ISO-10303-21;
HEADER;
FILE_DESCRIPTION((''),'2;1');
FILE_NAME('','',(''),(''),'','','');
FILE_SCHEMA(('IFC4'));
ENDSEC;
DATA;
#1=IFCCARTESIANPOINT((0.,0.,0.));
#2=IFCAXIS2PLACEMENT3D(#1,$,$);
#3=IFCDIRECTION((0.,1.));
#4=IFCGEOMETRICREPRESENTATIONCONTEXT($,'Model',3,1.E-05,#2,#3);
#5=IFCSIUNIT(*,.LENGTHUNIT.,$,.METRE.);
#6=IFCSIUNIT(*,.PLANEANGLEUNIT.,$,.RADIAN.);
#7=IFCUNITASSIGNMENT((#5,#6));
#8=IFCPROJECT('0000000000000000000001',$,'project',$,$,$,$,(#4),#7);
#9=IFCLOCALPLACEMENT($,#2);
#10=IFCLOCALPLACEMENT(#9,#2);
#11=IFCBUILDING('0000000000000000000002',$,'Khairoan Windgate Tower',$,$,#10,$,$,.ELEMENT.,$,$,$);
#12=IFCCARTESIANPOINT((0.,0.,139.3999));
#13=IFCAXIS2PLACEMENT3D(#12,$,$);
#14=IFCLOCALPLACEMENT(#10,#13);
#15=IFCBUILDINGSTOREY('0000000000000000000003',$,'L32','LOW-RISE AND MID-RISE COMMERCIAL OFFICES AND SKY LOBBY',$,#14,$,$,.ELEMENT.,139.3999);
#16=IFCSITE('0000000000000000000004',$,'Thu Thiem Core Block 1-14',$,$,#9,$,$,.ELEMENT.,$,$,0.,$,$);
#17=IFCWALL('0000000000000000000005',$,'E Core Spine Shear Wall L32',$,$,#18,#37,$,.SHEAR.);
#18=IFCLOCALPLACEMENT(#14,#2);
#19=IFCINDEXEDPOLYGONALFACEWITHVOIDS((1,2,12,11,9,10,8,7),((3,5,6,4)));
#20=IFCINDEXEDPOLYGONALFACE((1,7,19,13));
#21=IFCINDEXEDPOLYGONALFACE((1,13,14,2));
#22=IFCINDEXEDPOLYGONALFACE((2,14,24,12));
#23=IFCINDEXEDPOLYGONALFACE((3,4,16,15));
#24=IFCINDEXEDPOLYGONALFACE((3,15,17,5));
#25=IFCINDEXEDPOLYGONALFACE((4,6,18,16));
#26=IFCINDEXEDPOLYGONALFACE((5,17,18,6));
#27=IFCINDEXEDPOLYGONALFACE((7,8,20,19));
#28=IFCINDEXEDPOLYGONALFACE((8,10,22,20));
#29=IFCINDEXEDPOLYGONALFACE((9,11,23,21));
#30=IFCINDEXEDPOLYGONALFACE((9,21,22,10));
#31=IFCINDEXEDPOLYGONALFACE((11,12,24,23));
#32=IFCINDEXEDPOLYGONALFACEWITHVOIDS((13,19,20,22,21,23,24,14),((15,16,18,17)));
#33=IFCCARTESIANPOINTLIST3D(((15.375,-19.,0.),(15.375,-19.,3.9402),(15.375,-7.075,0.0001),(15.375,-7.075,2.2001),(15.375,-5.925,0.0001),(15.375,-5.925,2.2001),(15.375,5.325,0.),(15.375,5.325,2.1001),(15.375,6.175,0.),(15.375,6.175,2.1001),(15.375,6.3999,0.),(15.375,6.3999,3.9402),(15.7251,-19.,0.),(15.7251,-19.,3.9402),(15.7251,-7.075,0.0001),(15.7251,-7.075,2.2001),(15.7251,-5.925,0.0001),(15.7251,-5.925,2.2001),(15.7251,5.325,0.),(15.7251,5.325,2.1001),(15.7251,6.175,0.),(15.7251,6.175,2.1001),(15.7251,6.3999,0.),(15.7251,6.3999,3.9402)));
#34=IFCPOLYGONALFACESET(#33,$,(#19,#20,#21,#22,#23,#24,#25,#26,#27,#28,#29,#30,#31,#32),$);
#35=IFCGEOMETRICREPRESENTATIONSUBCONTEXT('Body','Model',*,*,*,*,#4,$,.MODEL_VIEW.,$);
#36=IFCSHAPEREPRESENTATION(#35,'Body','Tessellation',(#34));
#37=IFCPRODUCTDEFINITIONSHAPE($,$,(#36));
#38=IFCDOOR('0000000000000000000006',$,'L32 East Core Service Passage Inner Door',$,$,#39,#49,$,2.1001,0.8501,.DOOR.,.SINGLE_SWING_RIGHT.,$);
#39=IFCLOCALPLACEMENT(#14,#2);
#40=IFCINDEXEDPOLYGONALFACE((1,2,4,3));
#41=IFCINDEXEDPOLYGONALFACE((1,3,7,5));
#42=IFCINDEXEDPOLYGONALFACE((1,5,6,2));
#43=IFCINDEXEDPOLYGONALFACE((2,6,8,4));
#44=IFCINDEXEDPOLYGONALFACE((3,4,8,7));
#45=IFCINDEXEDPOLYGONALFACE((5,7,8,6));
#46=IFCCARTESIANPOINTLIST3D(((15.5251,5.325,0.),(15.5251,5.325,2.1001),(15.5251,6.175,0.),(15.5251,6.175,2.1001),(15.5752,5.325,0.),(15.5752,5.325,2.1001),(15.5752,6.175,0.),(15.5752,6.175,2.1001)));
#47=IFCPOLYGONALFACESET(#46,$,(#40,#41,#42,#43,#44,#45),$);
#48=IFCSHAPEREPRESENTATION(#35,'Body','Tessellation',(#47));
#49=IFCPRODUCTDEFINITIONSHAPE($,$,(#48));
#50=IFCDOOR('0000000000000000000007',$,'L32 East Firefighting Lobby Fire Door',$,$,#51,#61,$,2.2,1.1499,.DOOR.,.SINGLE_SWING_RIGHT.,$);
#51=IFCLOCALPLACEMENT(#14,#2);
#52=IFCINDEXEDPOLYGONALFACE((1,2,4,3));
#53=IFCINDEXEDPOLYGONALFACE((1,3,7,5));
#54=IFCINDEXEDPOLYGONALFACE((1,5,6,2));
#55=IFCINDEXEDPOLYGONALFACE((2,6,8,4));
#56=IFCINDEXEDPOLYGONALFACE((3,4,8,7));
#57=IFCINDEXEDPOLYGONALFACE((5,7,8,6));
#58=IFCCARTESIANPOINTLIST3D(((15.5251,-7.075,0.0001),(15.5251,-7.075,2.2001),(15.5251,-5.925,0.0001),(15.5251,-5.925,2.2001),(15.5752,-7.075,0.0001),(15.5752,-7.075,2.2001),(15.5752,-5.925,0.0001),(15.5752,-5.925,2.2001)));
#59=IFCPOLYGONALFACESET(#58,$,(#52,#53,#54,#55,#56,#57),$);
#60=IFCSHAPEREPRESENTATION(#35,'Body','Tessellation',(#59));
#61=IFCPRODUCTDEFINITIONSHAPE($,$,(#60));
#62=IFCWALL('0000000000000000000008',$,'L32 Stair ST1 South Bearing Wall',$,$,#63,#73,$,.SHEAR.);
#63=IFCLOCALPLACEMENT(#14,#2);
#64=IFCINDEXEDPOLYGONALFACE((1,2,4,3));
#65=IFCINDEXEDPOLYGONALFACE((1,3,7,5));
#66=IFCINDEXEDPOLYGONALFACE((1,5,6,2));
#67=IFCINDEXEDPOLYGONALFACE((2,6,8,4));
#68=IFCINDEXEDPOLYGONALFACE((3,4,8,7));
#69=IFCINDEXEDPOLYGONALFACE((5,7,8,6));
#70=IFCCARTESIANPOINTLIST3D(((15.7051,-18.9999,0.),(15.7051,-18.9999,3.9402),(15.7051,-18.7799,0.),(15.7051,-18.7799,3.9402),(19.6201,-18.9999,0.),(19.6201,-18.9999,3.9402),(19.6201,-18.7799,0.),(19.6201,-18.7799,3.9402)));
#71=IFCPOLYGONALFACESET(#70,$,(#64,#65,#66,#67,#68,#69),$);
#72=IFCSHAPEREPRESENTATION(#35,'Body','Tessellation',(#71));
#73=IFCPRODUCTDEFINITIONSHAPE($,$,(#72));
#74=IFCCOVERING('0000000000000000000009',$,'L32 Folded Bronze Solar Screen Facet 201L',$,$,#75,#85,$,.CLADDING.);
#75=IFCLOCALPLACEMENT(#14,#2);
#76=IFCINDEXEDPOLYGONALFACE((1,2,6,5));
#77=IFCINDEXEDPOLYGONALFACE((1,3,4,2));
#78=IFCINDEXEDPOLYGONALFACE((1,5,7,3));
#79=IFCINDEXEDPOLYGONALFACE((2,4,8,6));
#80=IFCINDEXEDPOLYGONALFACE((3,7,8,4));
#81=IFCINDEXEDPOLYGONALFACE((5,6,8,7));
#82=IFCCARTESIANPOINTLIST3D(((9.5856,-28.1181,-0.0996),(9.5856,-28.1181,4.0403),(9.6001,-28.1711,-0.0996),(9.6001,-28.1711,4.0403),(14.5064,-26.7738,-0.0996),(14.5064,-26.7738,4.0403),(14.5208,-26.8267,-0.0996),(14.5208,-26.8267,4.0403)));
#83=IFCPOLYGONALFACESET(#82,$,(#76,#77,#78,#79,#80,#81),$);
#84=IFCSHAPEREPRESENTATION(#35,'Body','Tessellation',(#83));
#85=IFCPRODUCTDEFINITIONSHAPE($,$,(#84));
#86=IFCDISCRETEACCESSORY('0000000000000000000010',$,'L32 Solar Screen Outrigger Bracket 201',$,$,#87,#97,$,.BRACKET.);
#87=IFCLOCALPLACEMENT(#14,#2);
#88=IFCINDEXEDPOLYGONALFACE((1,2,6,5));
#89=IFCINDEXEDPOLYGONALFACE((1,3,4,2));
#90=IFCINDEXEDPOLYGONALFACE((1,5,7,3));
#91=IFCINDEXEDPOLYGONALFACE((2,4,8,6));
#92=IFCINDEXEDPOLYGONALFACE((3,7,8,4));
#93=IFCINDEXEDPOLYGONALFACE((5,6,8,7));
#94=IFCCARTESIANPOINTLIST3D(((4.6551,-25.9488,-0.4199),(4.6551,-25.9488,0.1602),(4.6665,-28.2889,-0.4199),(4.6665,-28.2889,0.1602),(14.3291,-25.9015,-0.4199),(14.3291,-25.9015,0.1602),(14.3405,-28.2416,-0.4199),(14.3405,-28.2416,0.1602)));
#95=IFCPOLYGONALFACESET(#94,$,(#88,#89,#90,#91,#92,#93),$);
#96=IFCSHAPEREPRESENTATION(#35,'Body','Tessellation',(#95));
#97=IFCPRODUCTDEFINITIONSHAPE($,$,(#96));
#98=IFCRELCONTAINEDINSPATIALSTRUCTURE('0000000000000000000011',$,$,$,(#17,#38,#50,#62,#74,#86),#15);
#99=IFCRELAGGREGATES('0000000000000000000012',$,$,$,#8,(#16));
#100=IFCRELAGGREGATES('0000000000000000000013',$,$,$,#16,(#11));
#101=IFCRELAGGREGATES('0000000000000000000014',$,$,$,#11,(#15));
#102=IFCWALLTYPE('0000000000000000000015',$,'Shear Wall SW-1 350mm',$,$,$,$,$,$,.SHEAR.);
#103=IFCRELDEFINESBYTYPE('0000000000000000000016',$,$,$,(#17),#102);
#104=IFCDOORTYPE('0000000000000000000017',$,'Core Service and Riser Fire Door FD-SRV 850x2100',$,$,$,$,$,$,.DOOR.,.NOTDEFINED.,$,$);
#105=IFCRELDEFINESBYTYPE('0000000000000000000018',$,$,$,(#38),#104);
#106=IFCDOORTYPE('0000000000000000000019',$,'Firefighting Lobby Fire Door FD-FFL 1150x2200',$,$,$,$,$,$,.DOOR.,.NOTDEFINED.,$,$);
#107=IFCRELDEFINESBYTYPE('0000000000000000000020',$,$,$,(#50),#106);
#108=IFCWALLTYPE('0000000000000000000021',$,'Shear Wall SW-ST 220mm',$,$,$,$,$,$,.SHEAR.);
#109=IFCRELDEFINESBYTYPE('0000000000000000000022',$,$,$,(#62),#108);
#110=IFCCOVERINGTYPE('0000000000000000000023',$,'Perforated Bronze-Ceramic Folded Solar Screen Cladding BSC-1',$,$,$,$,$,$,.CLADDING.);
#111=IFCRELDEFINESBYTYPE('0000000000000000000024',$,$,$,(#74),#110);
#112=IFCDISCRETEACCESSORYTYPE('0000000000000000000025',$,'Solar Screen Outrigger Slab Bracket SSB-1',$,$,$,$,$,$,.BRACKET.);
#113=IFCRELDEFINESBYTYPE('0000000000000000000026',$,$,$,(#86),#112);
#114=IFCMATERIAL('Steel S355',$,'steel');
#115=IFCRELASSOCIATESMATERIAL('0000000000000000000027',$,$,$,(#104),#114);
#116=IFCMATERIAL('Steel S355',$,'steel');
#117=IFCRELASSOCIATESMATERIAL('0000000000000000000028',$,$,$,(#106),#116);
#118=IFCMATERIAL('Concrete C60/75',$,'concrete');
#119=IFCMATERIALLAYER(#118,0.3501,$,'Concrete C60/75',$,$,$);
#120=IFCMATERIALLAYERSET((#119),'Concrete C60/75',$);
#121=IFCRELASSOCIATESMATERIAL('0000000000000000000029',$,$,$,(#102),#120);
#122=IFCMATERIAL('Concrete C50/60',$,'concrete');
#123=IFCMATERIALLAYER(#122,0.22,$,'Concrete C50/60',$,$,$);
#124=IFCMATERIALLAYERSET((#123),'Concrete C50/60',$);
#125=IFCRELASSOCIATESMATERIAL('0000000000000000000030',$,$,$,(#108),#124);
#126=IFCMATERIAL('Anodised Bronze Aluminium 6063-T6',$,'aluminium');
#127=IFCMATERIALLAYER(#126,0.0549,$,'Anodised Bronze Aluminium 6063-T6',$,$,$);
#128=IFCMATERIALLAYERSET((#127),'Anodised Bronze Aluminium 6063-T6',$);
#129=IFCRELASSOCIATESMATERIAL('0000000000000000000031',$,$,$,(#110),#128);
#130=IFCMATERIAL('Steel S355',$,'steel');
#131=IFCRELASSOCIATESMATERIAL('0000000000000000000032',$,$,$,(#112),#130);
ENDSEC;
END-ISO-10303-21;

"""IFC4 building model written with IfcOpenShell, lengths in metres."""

from ifc_helpers import new_model, si_unit, direction, frame, frame_2d, origin, origin_2d, place, context, subcontext, project, spatial, rectangle, extrude, material, layer, layer_set, type_object, element, fill, save


model = new_model("IFC4")

# Units and contexts
model_context = context("Model", 3, precision=1e-05, world=origin(), true_north=direction((0.0, 1.0)))
body_context = subcontext(model_context, "Body", "Model", "MODEL_VIEW")
ifc_project = project(units=[si_unit("LENGTHUNIT", "METRE"), si_unit("PLANEANGLEUNIT", "RADIAN")], contexts=[model_context])

# Site, building, storey
site_placement = place(None, origin())
site = spatial("IfcSite", under=ifc_project, at=site_placement, Name="Thu Thiem Core Block 1-14", CompositionType="ELEMENT", RefElevation=0.0)
building_placement = place(site_placement, origin())
building = spatial("IfcBuilding", under=site, at=building_placement, Name="Khairoan Windgate Tower", CompositionType="ELEMENT")
storey_placement = place(building_placement, frame((0.0, 0.0, 139.3999)))
storey = spatial("IfcBuildingStorey", under=building, at=storey_placement, Name="L32", Description="LOW-RISE AND MID-RISE COMMERCIAL OFFICES AND SKY LOBBY", CompositionType="ELEMENT", Elevation=139.3999)

# Shared definitions
ifc_material_1 = material(Name="Steel S355", Category="steel")
door_type_1 = type_object("IfcDoorType", Name="Core Service and Riser Fire Door FD-SRV 850x2100", OperationType="NOTDEFINED", PredefinedType="DOOR", material=ifc_material_1)

# Shared definitions
ifc_material_2 = material(Name="Steel S355", Category="steel")
door_type_2 = type_object("IfcDoorType", Name="Firefighting Lobby Fire Door FD-FFL 1150x2200", OperationType="NOTDEFINED", PredefinedType="DOOR", material=ifc_material_2)

# Wall, openings, doors
ifc_material_3 = material(Name="Concrete C60/75", Category="concrete")
ifc_layer_1 = layer(ifc_material_3, 0.3501, Name="Concrete C60/75")
ifc_layer_set_1 = layer_set([ifc_layer_1], Name="Concrete C60/75")
wall_type_1 = type_object("IfcWallType", Name="Shear Wall SW-1 350mm", PredefinedType="SHEAR", material=ifc_layer_set_1)
wall_1_placement = place(storey_placement, frame((15.55, -19.0, 0.0), z_axis=(0.0, 0.0, 1.0), x_axis=(0.0, 1.0, 0.0)))
wall_1 = element("IfcWall", 1, at=wall_1_placement, inside=storey, type_object=wall_type_1, Name="E Core Spine Shear Wall L32", PredefinedType="SHEAR", context=body_context, shape_type="SweptSolid", body=[
    extrude(rectangle(XDim=25.3999, YDim=0.3501, at=frame_2d((12.7, 0.0))), origin(), (0.0, 0.0, 1.0), 3.9402),
])
opening_1_placement = place(wall_1_placement, frame((11.925, 0.0, 0.0)))
opening_1 = element("IfcOpeningElement", 2, at=opening_1_placement, cuts=wall_1, PredefinedType="OPENING", context=body_context, shape_type="SweptSolid", body=[
    extrude(rectangle(XDim=1.1499, YDim=2.2, at=frame_2d((0.575, 1.1001))), frame((0.0, 0.1851, 0.0), z_axis=(0.0, -1.0, 0.0), x_axis=(1.0, 0.0, 0.0)), (0.0, 0.0, 1.0), 0.3701),
])
opening_2_placement = place(wall_1_placement, frame((24.325, 0.0, 0.0)))
opening_2 = element("IfcOpeningElement", 3, at=opening_2_placement, cuts=wall_1, PredefinedType="OPENING", context=body_context, shape_type="SweptSolid", body=[
    extrude(rectangle(XDim=0.8501, YDim=2.1001, at=frame_2d((0.425, 1.05))), frame((0.0, 0.1851, 0.0), z_axis=(0.0, -1.0, 0.0), x_axis=(1.0, 0.0, 0.0)), (0.0, 0.0, 1.0), 0.3701),
])
door_1_placement = place(opening_2_placement, origin())
door_1 = element("IfcDoor", 4, at=door_1_placement, inside=storey, type_object=door_type_1, Name="L32 East Core Service Passage Inner Door", OperationType="SINGLE_SWING_RIGHT", OverallHeight=2.1001, OverallWidth=0.8501, PredefinedType="DOOR", context=body_context, shape_type="SweptSolid", body=[
    extrude(rectangle(XDim=0.8501, YDim=2.1001, at=frame_2d((0.425, 1.05))), frame((0.0, 0.0249, 0.0), z_axis=(0.0, -1.0, 0.0), x_axis=(1.0, 0.0, 0.0)), (0.0, 0.0, 1.0), 0.05),
])
fill(opening_2, door_1)
door_2_placement = place(opening_1_placement, origin())
door_2 = element("IfcDoor", 5, at=door_2_placement, inside=storey, type_object=door_type_2, Name="L32 East Firefighting Lobby Fire Door", OperationType="SINGLE_SWING_RIGHT", OverallHeight=2.2, OverallWidth=1.1499, PredefinedType="DOOR", context=body_context, shape_type="SweptSolid", body=[
    extrude(rectangle(XDim=1.1499, YDim=2.2, at=frame_2d((0.575, 1.1001))), frame((0.0, 0.0249, 0.0), z_axis=(0.0, -1.0, 0.0), x_axis=(1.0, 0.0, 0.0)), (0.0, 0.0, 1.0), 0.05),
])
fill(opening_1, door_2)

# Wall
ifc_material_4 = material(Name="Concrete C50/60", Category="concrete")
ifc_layer_2 = layer(ifc_material_4, 0.22, Name="Concrete C50/60")
ifc_layer_set_2 = layer_set([ifc_layer_2], Name="Concrete C50/60")
wall_type_2 = type_object("IfcWallType", Name="Shear Wall SW-ST 220mm", PredefinedType="SHEAR", material=ifc_layer_set_2)
wall_2_placement = place(storey_placement, frame((15.7051, -18.8899, 0.0), z_axis=(0.0, 0.0, 1.0), x_axis=(1.0, 0.0, 0.0)))
element("IfcWall", 6, at=wall_2_placement, inside=storey, type_object=wall_type_2, Name="L32 Stair ST1 South Bearing Wall", PredefinedType="SHEAR", context=body_context, shape_type="SweptSolid", body=[
    extrude(rectangle(XDim=3.915, YDim=0.22, at=frame_2d((1.9575, 0.0))), origin(), (0.0, 0.0, 1.0), 3.9402),
])

# Covering
ifc_material_5 = material(Name="Anodised Bronze Aluminium 6063-T6", Category="aluminium")
ifc_layer_3 = layer(ifc_material_5, 0.0549, Name="Anodised Bronze Aluminium 6063-T6")
ifc_layer_set_3 = layer_set([ifc_layer_3], Name="Anodised Bronze Aluminium 6063-T6")
covering_type = type_object("IfcCoveringType", Name="Perforated Bronze-Ceramic Folded Solar Screen Cladding BSC-1", PredefinedType="CLADDING", material=ifc_layer_set_3)
covering_placement = place(storey_placement, frame((12.0532, -27.4724, -0.0996), z_axis=(0.0, 0.0, 1.0), x_axis=(-0.964649, -0.263536, 0.0)))
element("IfcCovering", 7, at=covering_placement, inside=storey, type_object=covering_type, Name="L32 Folded Bronze Solar Screen Facet 201L", PredefinedType="CLADDING", context=body_context, shape_type="SweptSolid", body=[
    extrude(rectangle(XDim=5.1011, YDim=0.0549, at=origin_2d()), origin(), (0.0, 0.0, 1.0), 4.1399),
])

# Discrete accessory
ifc_material_6 = material(Name="Steel S355", Category="steel")
discrete_accessory_type = type_object("IfcDiscreteAccessoryType", Name="Solar Screen Outrigger Slab Bracket SSB-1", PredefinedType="BRACKET", material=ifc_material_6)
discrete_accessory_placement = place(storey_placement, frame((9.4978, -27.0952, -0.4199), z_axis=(0.0, 0.0, 1.0), x_axis=(-0.999988, -0.004887, 0.0)))
element("IfcDiscreteAccessory", 8, at=discrete_accessory_placement, inside=storey, type_object=discrete_accessory_type, Name="L32 Solar Screen Outrigger Bracket 201", PredefinedType="BRACKET", context=body_context, shape_type="SweptSolid", body=[
    extrude(rectangle(XDim=9.6741, YDim=2.3401, at=origin_2d()), origin(), (0.0, 0.0, 1.0), 0.5801),
])

save(model, "model.ifc")
